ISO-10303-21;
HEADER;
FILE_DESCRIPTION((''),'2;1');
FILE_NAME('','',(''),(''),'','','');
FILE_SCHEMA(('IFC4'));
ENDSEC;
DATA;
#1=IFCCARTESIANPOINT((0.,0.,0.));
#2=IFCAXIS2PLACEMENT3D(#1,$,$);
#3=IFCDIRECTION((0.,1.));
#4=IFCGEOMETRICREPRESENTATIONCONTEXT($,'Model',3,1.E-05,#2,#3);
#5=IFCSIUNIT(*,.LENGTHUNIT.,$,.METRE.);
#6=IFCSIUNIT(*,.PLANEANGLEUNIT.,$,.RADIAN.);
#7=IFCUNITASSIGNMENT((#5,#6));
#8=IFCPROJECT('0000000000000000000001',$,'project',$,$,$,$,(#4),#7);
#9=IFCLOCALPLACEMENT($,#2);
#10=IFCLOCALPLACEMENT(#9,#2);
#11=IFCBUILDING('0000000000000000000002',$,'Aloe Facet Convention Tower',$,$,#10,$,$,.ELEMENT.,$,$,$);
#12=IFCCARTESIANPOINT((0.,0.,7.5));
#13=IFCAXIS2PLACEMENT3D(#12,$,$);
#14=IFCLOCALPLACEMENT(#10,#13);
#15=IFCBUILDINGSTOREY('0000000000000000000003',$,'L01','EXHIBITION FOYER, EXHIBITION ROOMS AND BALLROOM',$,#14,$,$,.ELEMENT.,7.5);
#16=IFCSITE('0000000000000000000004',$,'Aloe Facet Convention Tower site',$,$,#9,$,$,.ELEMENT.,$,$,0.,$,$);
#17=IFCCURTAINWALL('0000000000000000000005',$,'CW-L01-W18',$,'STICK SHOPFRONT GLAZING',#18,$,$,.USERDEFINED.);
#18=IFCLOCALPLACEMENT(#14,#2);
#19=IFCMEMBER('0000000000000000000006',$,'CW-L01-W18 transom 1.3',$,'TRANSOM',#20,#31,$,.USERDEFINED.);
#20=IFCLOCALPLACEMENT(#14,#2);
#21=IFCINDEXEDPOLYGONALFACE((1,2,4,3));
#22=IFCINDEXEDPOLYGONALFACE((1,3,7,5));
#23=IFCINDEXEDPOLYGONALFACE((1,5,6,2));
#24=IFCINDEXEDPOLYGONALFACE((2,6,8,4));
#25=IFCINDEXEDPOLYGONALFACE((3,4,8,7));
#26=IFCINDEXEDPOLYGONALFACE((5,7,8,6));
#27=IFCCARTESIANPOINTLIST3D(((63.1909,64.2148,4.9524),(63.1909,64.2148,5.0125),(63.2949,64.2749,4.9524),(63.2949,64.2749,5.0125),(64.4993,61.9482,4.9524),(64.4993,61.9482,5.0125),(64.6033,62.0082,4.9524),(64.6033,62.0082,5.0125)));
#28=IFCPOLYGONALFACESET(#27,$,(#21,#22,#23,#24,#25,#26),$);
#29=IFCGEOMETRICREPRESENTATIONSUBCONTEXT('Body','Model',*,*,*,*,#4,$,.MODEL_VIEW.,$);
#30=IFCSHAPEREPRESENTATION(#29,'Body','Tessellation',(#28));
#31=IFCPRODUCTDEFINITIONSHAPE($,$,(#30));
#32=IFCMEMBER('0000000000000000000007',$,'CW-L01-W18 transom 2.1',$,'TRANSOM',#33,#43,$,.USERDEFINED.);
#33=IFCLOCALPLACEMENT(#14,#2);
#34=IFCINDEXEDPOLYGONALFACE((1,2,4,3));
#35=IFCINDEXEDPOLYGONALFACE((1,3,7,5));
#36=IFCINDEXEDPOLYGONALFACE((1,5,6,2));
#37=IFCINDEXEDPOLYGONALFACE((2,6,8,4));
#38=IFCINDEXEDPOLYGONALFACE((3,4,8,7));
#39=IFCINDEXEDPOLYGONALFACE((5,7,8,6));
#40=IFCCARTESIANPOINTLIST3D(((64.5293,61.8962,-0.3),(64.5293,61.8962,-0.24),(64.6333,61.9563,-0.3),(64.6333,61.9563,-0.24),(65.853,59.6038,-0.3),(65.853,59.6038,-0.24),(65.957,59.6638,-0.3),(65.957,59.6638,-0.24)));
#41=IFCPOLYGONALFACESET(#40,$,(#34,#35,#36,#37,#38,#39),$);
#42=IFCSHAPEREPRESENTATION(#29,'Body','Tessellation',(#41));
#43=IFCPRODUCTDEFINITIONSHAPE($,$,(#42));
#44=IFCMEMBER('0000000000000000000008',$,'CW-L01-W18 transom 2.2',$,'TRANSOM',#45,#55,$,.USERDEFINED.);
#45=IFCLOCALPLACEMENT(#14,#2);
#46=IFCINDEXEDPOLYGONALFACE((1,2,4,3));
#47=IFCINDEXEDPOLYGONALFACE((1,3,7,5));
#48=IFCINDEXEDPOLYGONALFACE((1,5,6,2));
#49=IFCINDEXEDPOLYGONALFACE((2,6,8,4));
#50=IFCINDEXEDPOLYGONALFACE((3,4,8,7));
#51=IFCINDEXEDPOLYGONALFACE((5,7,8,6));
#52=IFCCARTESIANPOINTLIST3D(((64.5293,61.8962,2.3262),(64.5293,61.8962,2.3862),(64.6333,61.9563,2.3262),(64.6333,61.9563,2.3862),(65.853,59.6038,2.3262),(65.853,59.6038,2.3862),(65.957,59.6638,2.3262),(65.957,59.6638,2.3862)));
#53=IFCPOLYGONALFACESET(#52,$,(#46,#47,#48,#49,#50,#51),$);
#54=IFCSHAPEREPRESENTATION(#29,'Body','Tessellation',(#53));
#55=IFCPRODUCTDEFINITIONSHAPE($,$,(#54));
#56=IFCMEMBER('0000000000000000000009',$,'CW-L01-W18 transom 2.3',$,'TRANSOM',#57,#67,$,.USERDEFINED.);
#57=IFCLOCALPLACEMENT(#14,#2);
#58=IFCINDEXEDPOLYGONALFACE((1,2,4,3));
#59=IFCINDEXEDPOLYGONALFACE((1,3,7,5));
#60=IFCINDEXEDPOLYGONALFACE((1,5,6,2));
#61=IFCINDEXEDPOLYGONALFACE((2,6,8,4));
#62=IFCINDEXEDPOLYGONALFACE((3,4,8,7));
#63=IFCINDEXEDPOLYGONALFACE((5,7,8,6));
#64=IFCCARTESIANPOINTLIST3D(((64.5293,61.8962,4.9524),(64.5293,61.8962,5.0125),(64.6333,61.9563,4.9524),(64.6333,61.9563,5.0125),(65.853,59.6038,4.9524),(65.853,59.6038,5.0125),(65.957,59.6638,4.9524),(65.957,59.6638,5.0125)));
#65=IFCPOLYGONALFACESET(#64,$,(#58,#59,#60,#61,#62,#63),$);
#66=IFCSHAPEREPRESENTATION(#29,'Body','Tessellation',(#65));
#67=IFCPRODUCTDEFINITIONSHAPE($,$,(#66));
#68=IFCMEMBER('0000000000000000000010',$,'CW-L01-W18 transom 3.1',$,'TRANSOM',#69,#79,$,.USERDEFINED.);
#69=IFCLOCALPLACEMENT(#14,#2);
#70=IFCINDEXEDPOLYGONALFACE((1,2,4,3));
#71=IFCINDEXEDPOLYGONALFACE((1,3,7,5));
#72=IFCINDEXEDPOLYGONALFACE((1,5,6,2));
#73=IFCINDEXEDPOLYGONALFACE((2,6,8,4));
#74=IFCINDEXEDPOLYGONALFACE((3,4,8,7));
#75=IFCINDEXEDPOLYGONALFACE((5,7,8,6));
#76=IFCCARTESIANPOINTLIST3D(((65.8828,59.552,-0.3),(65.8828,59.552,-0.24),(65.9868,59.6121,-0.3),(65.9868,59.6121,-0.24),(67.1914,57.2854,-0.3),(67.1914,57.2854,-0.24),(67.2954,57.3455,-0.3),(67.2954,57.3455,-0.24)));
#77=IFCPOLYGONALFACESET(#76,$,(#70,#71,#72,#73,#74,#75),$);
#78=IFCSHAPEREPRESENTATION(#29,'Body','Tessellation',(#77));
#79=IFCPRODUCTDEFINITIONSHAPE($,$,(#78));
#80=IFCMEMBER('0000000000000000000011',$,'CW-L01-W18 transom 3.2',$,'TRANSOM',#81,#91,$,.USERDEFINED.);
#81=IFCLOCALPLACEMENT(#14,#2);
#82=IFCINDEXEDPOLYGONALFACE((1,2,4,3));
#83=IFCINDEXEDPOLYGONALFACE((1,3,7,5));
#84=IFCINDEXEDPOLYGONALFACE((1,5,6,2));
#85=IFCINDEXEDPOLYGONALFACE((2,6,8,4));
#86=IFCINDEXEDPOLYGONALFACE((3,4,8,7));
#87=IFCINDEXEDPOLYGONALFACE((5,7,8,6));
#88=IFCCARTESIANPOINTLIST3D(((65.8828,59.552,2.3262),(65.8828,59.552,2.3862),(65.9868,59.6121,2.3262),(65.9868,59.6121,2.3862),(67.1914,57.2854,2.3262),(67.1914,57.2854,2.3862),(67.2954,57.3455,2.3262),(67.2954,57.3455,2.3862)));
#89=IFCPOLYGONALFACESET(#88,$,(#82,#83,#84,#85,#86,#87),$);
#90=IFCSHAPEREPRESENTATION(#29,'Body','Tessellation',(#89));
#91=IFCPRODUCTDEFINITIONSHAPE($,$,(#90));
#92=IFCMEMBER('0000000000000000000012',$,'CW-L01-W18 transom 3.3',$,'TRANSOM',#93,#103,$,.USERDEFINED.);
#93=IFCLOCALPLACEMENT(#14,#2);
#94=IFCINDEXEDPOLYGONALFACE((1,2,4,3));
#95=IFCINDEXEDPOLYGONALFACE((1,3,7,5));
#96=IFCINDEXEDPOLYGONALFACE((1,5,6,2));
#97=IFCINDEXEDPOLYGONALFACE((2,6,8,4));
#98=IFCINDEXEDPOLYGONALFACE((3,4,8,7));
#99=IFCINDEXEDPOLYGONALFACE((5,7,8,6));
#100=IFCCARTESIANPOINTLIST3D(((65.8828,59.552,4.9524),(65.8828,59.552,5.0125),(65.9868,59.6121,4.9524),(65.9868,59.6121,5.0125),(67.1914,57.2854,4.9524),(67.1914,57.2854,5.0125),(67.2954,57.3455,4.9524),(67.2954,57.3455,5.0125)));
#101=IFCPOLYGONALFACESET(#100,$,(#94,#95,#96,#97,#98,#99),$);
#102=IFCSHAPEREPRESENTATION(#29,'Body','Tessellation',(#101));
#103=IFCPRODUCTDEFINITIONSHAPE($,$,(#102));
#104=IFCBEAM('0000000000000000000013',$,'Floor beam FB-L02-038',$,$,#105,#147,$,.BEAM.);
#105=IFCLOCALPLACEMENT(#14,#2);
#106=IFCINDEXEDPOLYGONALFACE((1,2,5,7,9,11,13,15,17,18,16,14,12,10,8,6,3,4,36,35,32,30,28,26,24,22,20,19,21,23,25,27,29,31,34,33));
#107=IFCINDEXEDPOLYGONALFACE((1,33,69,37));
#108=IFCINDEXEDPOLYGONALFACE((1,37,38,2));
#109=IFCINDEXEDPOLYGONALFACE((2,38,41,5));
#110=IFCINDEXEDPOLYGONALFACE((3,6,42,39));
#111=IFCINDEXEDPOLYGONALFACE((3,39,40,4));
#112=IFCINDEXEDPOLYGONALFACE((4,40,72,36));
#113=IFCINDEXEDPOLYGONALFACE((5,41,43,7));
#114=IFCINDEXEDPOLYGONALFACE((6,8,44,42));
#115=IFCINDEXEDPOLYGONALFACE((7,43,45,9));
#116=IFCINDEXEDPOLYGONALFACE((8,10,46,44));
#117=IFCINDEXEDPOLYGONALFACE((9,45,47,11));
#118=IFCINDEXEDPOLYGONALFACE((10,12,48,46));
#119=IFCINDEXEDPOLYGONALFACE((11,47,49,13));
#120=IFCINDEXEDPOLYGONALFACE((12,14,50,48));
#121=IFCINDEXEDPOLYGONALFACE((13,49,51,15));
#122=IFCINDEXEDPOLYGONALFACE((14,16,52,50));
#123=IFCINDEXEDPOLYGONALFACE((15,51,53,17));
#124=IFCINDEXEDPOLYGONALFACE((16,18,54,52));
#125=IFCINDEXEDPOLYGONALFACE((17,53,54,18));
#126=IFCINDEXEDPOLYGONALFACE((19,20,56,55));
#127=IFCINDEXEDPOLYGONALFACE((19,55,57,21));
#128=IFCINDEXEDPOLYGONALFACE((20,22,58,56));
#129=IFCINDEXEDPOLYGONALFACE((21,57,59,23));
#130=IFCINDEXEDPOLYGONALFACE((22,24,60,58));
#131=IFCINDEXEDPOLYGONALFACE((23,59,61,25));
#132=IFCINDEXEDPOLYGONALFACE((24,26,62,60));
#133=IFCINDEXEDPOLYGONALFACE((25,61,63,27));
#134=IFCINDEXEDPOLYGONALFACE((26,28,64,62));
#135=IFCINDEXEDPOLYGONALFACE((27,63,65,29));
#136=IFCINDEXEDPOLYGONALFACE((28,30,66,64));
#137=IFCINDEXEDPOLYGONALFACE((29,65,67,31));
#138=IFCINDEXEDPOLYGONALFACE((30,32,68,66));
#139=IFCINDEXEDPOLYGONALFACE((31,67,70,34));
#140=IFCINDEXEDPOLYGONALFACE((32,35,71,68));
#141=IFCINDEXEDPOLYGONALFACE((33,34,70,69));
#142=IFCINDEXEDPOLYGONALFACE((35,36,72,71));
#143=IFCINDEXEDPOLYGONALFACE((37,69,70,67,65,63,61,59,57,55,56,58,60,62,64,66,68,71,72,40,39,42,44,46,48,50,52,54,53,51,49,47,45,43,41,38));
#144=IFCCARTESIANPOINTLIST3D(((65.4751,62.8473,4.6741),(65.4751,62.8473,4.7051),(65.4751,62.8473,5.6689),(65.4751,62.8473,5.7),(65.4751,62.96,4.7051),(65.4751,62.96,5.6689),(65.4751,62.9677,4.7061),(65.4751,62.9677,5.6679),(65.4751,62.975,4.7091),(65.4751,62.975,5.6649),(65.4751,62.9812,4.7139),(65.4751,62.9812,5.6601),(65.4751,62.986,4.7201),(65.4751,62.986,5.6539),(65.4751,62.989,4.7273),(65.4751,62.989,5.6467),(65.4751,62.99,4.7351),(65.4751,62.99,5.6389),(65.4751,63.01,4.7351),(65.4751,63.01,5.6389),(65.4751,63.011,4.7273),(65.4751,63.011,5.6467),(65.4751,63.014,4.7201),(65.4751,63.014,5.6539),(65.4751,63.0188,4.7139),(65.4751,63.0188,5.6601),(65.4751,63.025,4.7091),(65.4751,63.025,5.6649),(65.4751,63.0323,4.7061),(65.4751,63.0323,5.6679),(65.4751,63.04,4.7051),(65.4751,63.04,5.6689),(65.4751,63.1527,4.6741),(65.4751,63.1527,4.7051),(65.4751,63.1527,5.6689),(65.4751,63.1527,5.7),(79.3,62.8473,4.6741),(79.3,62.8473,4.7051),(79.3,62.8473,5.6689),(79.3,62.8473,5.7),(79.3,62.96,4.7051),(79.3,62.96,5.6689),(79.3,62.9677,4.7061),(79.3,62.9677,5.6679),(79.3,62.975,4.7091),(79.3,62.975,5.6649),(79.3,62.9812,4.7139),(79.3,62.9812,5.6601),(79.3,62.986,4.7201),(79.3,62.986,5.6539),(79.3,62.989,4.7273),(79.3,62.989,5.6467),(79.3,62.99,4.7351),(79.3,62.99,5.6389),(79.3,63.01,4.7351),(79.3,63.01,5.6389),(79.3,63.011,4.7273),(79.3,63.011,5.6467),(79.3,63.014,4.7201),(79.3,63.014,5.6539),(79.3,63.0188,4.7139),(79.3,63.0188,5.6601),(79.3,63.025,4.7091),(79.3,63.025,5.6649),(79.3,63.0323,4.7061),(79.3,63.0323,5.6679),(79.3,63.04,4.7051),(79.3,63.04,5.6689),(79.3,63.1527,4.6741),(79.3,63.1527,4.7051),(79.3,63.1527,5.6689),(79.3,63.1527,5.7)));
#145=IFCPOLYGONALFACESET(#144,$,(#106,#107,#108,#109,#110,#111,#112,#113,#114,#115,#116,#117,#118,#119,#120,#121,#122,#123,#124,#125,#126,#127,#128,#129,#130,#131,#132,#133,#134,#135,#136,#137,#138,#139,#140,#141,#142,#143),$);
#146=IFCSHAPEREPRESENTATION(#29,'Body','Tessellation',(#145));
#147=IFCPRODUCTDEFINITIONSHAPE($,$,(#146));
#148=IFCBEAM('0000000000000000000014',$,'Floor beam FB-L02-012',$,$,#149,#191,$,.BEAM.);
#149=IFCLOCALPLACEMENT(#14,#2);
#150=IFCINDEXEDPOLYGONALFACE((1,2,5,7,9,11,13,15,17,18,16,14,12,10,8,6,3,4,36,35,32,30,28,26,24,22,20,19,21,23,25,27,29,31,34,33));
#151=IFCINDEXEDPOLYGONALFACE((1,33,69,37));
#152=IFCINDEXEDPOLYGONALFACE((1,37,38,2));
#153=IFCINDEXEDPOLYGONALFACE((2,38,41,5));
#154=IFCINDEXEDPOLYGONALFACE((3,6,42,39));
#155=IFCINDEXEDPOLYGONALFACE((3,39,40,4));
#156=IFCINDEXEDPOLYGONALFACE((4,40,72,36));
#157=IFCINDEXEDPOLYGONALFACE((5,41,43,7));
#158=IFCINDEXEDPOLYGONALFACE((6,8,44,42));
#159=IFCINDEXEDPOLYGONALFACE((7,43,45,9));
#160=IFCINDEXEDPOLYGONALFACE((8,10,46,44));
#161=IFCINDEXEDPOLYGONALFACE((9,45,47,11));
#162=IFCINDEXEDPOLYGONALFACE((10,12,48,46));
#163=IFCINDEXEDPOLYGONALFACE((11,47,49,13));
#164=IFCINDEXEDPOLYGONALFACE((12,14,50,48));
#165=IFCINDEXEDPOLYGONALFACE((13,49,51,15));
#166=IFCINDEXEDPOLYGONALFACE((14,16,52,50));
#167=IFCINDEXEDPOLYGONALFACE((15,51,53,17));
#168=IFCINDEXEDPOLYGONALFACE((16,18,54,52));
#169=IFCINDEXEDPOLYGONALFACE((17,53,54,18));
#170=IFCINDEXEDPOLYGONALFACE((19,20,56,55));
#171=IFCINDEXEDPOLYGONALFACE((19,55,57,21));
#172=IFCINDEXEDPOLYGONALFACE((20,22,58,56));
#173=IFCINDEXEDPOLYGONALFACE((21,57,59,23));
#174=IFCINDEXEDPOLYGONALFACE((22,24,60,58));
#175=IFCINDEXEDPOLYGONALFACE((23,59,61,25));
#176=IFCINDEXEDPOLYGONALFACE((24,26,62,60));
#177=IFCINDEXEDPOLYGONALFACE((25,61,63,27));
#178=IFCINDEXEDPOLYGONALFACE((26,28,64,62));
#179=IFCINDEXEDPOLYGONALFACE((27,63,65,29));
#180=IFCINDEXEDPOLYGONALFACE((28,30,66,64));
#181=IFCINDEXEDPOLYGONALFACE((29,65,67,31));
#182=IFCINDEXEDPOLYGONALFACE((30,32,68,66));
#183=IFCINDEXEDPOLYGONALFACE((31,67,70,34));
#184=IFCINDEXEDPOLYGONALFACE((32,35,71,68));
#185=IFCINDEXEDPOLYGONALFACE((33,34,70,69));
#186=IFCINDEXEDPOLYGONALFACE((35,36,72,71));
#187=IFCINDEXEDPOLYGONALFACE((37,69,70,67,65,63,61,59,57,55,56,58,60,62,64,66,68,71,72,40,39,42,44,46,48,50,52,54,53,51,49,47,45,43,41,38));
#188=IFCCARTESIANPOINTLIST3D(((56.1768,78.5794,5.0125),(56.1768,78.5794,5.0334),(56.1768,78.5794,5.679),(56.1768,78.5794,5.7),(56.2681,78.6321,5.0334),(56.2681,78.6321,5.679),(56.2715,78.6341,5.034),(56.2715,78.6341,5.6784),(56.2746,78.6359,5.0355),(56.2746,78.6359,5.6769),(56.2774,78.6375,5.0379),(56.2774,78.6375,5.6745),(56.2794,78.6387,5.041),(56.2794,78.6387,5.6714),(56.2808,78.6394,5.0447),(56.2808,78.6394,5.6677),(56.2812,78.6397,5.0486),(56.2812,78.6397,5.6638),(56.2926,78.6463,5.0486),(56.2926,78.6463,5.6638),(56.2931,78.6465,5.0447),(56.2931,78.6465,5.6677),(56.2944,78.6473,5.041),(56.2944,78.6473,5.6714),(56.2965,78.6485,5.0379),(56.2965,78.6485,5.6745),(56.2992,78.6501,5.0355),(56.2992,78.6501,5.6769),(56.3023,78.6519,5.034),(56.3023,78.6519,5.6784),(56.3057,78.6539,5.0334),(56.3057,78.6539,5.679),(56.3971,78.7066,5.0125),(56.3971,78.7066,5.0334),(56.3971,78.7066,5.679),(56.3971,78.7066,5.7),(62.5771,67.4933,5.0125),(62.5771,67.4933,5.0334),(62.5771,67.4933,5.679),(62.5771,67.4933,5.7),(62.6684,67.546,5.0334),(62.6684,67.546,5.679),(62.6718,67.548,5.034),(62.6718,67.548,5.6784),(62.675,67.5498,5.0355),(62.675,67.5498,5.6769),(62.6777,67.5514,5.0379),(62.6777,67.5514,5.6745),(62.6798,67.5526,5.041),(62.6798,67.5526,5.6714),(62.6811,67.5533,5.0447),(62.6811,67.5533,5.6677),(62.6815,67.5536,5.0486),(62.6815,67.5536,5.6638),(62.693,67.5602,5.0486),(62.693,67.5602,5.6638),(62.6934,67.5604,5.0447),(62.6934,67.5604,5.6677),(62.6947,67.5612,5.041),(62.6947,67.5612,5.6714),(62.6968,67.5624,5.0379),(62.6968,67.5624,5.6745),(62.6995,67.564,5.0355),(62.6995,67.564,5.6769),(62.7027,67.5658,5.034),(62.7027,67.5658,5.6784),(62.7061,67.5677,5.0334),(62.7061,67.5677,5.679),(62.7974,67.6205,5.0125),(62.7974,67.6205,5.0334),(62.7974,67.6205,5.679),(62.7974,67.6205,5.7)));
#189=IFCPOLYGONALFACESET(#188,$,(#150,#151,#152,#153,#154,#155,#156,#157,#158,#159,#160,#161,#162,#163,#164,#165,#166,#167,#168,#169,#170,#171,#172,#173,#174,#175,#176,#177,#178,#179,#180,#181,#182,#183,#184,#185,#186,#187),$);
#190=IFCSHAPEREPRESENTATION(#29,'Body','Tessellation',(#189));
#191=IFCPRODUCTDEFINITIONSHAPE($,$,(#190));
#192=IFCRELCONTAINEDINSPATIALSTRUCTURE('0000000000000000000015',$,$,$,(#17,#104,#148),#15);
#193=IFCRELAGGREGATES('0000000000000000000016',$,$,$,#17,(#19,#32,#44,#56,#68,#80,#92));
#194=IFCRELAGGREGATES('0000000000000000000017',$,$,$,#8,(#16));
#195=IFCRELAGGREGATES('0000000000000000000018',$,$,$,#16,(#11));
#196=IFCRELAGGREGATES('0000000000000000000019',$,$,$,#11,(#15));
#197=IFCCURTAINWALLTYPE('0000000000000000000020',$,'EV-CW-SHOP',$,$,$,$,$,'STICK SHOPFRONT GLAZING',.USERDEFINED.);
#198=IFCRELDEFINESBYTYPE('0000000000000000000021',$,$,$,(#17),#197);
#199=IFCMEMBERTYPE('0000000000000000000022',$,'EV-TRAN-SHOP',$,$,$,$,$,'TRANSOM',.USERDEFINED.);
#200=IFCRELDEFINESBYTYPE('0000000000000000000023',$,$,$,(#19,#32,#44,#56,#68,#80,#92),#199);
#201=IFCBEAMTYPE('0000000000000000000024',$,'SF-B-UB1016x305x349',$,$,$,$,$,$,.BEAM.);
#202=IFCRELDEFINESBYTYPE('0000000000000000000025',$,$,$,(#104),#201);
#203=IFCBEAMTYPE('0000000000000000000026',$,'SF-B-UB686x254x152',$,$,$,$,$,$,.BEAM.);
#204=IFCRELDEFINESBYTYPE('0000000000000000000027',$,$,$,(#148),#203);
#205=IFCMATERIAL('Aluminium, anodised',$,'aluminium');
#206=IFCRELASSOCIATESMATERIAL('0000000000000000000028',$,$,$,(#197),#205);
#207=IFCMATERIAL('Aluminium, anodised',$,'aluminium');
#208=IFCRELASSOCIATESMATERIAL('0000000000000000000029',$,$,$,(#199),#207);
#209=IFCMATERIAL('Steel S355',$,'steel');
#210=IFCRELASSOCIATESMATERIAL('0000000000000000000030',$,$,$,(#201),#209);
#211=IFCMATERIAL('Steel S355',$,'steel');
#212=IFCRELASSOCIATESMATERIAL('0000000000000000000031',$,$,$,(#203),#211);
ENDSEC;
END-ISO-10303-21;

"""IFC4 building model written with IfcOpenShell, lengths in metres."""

from ifc_helpers import new_model, si_unit, direction, frame, origin, origin_2d, place, context, subcontext, project, spatial, rectangle, i_section, extrude, material, material_profile, profile_set, type_object, element, aggregate, save


model = new_model("IFC4")

# Units and contexts
model_context = context("Model", 3, precision=1e-05, world=origin(), true_north=direction((0.0, 1.0)))
body_context = subcontext(model_context, "Body", "Model", "MODEL_VIEW")
ifc_project = project(units=[si_unit("LENGTHUNIT", "METRE"), si_unit("PLANEANGLEUNIT", "RADIAN")], contexts=[model_context])

# Site, building, storey
site_placement = place(None, origin())
site = spatial("IfcSite", under=ifc_project, at=site_placement, Name="Aloe Facet Convention Tower site", CompositionType="ELEMENT", RefElevation=0.0)
building_placement = place(site_placement, origin())
building = spatial("IfcBuilding", under=site, at=building_placement, Name="Aloe Facet Convention Tower", CompositionType="ELEMENT")
storey_placement = place(building_placement, frame((0.0, 0.0, 7.5)))
storey = spatial("IfcBuildingStorey", under=building, at=storey_placement, Name="L01", Description="EXHIBITION FOYER, EXHIBITION ROOMS AND BALLROOM", CompositionType="ELEMENT", Elevation=7.5)

# Shared definitions
ifc_material_1 = material(Name="Aluminium, anodised", Category="aluminium")
curtain_wall_type = type_object("IfcCurtainWallType", Name="EV-CW-SHOP", ElementType="STICK SHOPFRONT GLAZING", PredefinedType="USERDEFINED", material=ifc_material_1)

# Curtain wall
curtain_wall_1_placement = place(storey_placement, origin())
curtain_wall_1 = element("IfcCurtainWall", 1, at=curtain_wall_1_placement, inside=storey, type_object=curtain_wall_type, Name="CW-L01-W18", ObjectType="STICK SHOPFRONT GLAZING", PredefinedType="USERDEFINED")

# Members
ifc_material_2 = material(Name="Aluminium, anodised", Category="aluminium")
ifc_material_profile_1 = material_profile(ifc_material_2, rectangle(XDim=0.1201, YDim=0.0601, at=origin_2d()), Name="AL 120x60")
ifc_profile_set_1 = profile_set([ifc_material_profile_1], Name="Aluminium, anodised")
member_type_1 = type_object("IfcMemberType", Name="EV-TRAN-SHOP", ElementType="TRANSOM", PredefinedType="USERDEFINED", material=ifc_profile_set_1)
member_1_placement = place(storey_placement, frame((63.2429, 64.2449, 4.9824), z_axis=(0.499922, -0.866071, 0.0), x_axis=(0.866071, 0.499922, 0.0)))
member_1 = element("IfcMember", 2, at=member_1_placement, type_object=member_type_1, Name="CW-L01-W18 transom 1.3", ObjectType="TRANSOM", PredefinedType="USERDEFINED", context=body_context, shape_type="SweptSolid", body=[
    extrude(rectangle(XDim=0.1201, YDim=0.0601, at=origin_2d()), origin(), (0.0, 0.0, 1.0), 2.6172),
])
member_2_placement = place(storey_placement, frame((64.5813, 61.9263, -0.27), z_axis=(0.500047, -0.865998, 0.0), x_axis=(0.865998, 0.500047, 0.0)))
member_2 = element("IfcMember", 3, at=member_2_placement, type_object=member_type_1, Name="CW-L01-W18 transom 2.1", ObjectType="TRANSOM", PredefinedType="USERDEFINED", context=body_context, shape_type="SweptSolid", body=[
    extrude(rectangle(XDim=0.1201, YDim=0.0601, at=origin_2d()), origin(), (0.0, 0.0, 1.0), 2.6472),
])
member_3_placement = place(storey_placement, frame((64.5813, 61.9263, 2.3562), z_axis=(0.500047, -0.865998, 0.0), x_axis=(0.865998, 0.500047, 0.0)))
member_3 = element("IfcMember", 4, at=member_3_placement, type_object=member_type_1, Name="CW-L01-W18 transom 2.2", ObjectType="TRANSOM", PredefinedType="USERDEFINED", context=body_context, shape_type="SweptSolid", body=[
    extrude(rectangle(XDim=0.1201, YDim=0.0601, at=origin_2d()), origin(), (0.0, 0.0, 1.0), 2.6472),
])
member_4_placement = place(storey_placement, frame((64.5813, 61.9263, 4.9824), z_axis=(0.500047, -0.865998, 0.0), x_axis=(0.865998, 0.500047, 0.0)))
member_4 = element("IfcMember", 5, at=member_4_placement, type_object=member_type_1, Name="CW-L01-W18 transom 2.3", ObjectType="TRANSOM", PredefinedType="USERDEFINED", context=body_context, shape_type="SweptSolid", body=[
    extrude(rectangle(XDim=0.1201, YDim=0.0601, at=origin_2d()), origin(), (0.0, 0.0, 1.0), 2.6472),
])
member_5_placement = place(storey_placement, frame((65.9348, 59.582, -0.27), z_axis=(0.499992, -0.86603, 0.0), x_axis=(0.86603, 0.499992, 0.0)))
member_5 = element("IfcMember", 6, at=member_5_placement, type_object=member_type_1, Name="CW-L01-W18 transom 3.1", ObjectType="TRANSOM", PredefinedType="USERDEFINED", context=body_context, shape_type="SweptSolid", body=[
    extrude(rectangle(XDim=0.1201, YDim=0.0601, at=origin_2d()), origin(), (0.0, 0.0, 1.0), 2.6172),
])
member_6_placement = place(storey_placement, frame((65.9348, 59.582, 2.3562), z_axis=(0.499992, -0.86603, 0.0), x_axis=(0.86603, 0.499992, 0.0)))
member_6 = element("IfcMember", 7, at=member_6_placement, type_object=member_type_1, Name="CW-L01-W18 transom 3.2", ObjectType="TRANSOM", PredefinedType="USERDEFINED", context=body_context, shape_type="SweptSolid", body=[
    extrude(rectangle(XDim=0.1201, YDim=0.0601, at=origin_2d()), origin(), (0.0, 0.0, 1.0), 2.6172),
])
member_7_placement = place(storey_placement, frame((65.9348, 59.582, 4.9824), z_axis=(0.499992, -0.86603, 0.0), x_axis=(0.86603, 0.499992, 0.0)))
member_7 = element("IfcMember", 8, at=member_7_placement, type_object=member_type_1, Name="CW-L01-W18 transom 3.3", ObjectType="TRANSOM", PredefinedType="USERDEFINED", context=body_context, shape_type="SweptSolid", body=[
    extrude(rectangle(XDim=0.1201, YDim=0.0601, at=origin_2d()), origin(), (0.0, 0.0, 1.0), 2.6172),
])

# Beams
ifc_material_3 = material(Name="Steel S355", Category="steel")
ifc_material_profile_2 = material_profile(ifc_material_3, i_section(OverallWidth=0.3054, OverallDepth=1.0259, WebThickness=0.02, FlangeThickness=0.031, FilletRadius=0.03, at=origin_2d()), Name="UB 1016x305x349")
ifc_profile_set_2 = profile_set([ifc_material_profile_2], Name="Steel S355")
beam_type_1 = type_object("IfcBeamType", Name="SF-B-UB1016x305x349", PredefinedType="BEAM", material=ifc_profile_set_2)
beam_1_placement = place(storey_placement, frame((65.4751, 63.0, 5.187), z_axis=(1.0, 0.0, 0.0), x_axis=(0.0, 1.0, 0.0)))
element("IfcBeam", 9, at=beam_1_placement, inside=storey, type_object=beam_type_1, Name="Floor beam FB-L02-038", PredefinedType="BEAM", context=body_context, shape_type="SweptSolid", body=[
    extrude(i_section(OverallWidth=0.3054, OverallDepth=1.0259, WebThickness=0.02, FlangeThickness=0.031, FilletRadius=0.03, at=origin_2d()), origin(), (0.0, 0.0, 1.0), 13.825),
])
ifc_material_4 = material(Name="Steel S355", Category="steel")
ifc_material_profile_3 = material_profile(ifc_material_4, i_section(OverallWidth=0.2544, OverallDepth=0.6875, WebThickness=0.0132, FlangeThickness=0.021, FilletRadius=0.0151, at=origin_2d()), Name="UB 686x254x152")
ifc_profile_set_3 = profile_set([ifc_material_profile_3], Name="Steel S355")
beam_type_2 = type_object("IfcBeamType", Name="SF-B-UB686x254x152", PredefinedType="BEAM", material=ifc_profile_set_3)
beam_2_placement = place(storey_placement, frame((62.6873, 67.5569, 5.3562), z_axis=(-0.499987, 0.866033, 0.0), x_axis=(-0.866033, -0.499987, 0.0)))
element("IfcBeam", 10, at=beam_2_placement, inside=storey, type_object=beam_type_2, Name="Floor beam FB-L02-012", PredefinedType="BEAM", context=body_context, shape_type="SweptSolid", body=[
    extrude(i_section(OverallWidth=0.2544, OverallDepth=0.6875, WebThickness=0.0132, FlangeThickness=0.021, FilletRadius=0.0151, at=origin_2d()), origin(), (0.0, 0.0, 1.0), 12.801),
])

aggregate(curtain_wall_1, [member_1, member_2, member_3, member_4, member_5, member_6, member_7])

save(model, "model.ifc")
